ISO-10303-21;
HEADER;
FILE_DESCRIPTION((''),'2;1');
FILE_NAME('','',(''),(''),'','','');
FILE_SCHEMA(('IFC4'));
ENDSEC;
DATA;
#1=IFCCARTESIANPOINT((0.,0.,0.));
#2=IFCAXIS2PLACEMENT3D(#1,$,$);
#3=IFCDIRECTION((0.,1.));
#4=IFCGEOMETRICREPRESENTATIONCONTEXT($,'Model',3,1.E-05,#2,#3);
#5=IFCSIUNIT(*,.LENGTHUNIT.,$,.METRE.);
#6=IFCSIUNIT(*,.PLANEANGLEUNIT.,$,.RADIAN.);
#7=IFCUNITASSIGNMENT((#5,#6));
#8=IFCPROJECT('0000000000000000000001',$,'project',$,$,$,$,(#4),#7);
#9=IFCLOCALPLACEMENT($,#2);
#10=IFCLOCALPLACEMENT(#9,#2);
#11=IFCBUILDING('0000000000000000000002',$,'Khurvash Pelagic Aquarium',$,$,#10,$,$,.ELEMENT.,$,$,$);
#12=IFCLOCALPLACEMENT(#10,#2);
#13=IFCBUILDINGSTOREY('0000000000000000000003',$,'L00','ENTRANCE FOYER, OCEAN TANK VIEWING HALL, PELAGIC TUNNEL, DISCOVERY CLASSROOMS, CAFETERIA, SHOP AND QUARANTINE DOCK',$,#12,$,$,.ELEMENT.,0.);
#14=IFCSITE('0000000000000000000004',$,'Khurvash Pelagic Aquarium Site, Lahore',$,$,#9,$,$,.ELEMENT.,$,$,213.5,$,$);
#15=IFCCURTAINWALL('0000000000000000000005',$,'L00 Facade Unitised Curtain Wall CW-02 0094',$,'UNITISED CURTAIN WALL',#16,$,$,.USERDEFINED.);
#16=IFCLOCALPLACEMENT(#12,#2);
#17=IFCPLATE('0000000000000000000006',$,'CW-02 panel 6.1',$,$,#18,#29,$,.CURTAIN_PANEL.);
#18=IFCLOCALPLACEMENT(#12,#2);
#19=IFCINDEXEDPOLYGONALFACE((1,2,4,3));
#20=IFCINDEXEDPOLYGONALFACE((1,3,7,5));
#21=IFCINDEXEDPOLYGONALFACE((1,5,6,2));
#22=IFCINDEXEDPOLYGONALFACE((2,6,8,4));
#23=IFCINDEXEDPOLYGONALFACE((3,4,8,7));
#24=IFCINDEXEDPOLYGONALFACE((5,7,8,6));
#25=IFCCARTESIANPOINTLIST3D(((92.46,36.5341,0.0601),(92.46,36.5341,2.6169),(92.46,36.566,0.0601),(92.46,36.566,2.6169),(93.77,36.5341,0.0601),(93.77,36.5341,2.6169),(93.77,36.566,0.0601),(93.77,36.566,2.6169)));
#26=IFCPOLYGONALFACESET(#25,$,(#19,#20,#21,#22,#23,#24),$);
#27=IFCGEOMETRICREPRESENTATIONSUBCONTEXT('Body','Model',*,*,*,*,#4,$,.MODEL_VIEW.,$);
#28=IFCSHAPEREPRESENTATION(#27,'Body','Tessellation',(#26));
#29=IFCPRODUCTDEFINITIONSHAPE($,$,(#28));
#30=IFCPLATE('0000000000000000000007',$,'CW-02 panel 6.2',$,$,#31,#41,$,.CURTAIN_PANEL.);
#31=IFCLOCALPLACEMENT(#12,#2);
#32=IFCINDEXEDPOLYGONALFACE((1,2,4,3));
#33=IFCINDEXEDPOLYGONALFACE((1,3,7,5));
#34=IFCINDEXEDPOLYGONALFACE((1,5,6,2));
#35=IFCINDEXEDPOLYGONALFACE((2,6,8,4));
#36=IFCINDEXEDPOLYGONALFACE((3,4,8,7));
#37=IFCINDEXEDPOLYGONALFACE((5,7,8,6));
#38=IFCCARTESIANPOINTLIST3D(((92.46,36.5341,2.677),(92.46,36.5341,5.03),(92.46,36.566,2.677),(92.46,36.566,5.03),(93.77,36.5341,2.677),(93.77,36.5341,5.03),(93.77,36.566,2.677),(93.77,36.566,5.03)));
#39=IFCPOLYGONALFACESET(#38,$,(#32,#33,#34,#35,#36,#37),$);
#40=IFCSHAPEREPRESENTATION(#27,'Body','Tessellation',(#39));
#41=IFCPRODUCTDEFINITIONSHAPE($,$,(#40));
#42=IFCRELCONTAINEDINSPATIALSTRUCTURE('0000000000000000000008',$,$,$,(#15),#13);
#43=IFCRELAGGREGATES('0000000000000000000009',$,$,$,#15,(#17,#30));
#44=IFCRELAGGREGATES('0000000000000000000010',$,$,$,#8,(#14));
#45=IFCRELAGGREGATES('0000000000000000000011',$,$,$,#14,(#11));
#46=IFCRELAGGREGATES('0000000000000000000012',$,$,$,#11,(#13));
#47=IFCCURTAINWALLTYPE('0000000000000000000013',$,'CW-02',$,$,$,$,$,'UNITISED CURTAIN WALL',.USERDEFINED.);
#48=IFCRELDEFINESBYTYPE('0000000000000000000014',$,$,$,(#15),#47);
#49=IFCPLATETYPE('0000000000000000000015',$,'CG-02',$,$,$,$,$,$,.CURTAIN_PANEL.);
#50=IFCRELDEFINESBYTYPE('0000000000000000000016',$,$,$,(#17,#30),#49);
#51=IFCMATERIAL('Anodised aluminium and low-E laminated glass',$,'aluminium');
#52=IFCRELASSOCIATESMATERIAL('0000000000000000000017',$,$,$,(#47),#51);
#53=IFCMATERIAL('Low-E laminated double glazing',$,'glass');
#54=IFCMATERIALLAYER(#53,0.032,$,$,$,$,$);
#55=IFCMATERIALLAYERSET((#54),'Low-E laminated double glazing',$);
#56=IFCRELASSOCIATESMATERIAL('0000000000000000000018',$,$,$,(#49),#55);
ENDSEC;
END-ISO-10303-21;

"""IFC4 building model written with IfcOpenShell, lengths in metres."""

from ifc_helpers import new_model, si_unit, direction, frame, origin, origin_2d, place, context, subcontext, project, spatial, rectangle, extrude, material, layer, layer_set, type_object, element, aggregate, save


model = new_model("IFC4")

# Units and contexts
model_context = context("Model", 3, precision=1e-05, world=origin(), true_north=direction((0.0, 1.0)))
body_context = subcontext(model_context, "Body", "Model", "MODEL_VIEW")
ifc_project = project(units=[si_unit("LENGTHUNIT", "METRE"), si_unit("PLANEANGLEUNIT", "RADIAN")], contexts=[model_context])

# Site, building, storey
site_placement = place(None, origin())
site = spatial("IfcSite", under=ifc_project, at=site_placement, Name="Khurvash Pelagic Aquarium Site, Lahore", CompositionType="ELEMENT", RefElevation=213.5)
building_placement = place(site_placement, origin())
building = spatial("IfcBuilding", under=site, at=building_placement, Name="Khurvash Pelagic Aquarium", CompositionType="ELEMENT")
storey_placement = place(building_placement, origin())
storey = spatial("IfcBuildingStorey", under=building, at=storey_placement, Name="L00", Description="ENTRANCE FOYER, OCEAN TANK VIEWING HALL, PELAGIC TUNNEL, DISCOVERY CLASSROOMS, CAFETERIA, SHOP AND QUARANTINE DOCK", CompositionType="ELEMENT", Elevation=0.0)

# Curtain wall
ifc_material_1 = material(Name="Anodised aluminium and low-E laminated glass", Category="aluminium")
curtain_wall_type = type_object("IfcCurtainWallType", Name="CW-02", ElementType="UNITISED CURTAIN WALL", PredefinedType="USERDEFINED", material=ifc_material_1)
curtain_wall_1_placement = place(storey_placement, origin())
curtain_wall_1 = element("IfcCurtainWall", 1, at=curtain_wall_1_placement, inside=storey, type_object=curtain_wall_type, Name="L00 Facade Unitised Curtain Wall CW-02 0094", ObjectType="UNITISED CURTAIN WALL", PredefinedType="USERDEFINED")

# Plates
ifc_material_2 = material(Name="Low-E laminated double glazing", Category="glass")
ifc_layer = layer(ifc_material_2, 0.032)
ifc_layer_set = layer_set([ifc_layer], Name="Low-E laminated double glazing")
plate_type = type_object("IfcPlateType", Name="CG-02", PredefinedType="CURTAIN_PANEL", material=ifc_layer_set)
plate_1_placement = place(storey_placement, frame((93.115, 36.55, 0.0601), z_axis=(0.0, 0.0, 1.0), x_axis=(-1.0, 0.0, 0.0)))
plate_1 = element("IfcPlate", 2, at=plate_1_placement, type_object=plate_type, Name="CW-02 panel 6.1", PredefinedType="CURTAIN_PANEL", context=body_context, shape_type="SweptSolid", body=[
    extrude(rectangle(XDim=1.3101, YDim=0.032, at=origin_2d()), origin(), (0.0, 0.0, 1.0), 2.5569),
])
plate_2_placement = place(storey_placement, frame((93.115, 36.55, 2.677), z_axis=(0.0, 0.0, 1.0), x_axis=(-1.0, 0.0, 0.0)))
plate_2 = element("IfcPlate", 3, at=plate_2_placement, type_object=plate_type, Name="CW-02 panel 6.2", PredefinedType="CURTAIN_PANEL", context=body_context, shape_type="SweptSolid", body=[
    extrude(rectangle(XDim=1.3101, YDim=0.032, at=origin_2d()), origin(), (0.0, 0.0, 1.0), 2.353),
])
aggregate(curtain_wall_1, [plate_1, plate_2])

save(model, "model.ifc")
